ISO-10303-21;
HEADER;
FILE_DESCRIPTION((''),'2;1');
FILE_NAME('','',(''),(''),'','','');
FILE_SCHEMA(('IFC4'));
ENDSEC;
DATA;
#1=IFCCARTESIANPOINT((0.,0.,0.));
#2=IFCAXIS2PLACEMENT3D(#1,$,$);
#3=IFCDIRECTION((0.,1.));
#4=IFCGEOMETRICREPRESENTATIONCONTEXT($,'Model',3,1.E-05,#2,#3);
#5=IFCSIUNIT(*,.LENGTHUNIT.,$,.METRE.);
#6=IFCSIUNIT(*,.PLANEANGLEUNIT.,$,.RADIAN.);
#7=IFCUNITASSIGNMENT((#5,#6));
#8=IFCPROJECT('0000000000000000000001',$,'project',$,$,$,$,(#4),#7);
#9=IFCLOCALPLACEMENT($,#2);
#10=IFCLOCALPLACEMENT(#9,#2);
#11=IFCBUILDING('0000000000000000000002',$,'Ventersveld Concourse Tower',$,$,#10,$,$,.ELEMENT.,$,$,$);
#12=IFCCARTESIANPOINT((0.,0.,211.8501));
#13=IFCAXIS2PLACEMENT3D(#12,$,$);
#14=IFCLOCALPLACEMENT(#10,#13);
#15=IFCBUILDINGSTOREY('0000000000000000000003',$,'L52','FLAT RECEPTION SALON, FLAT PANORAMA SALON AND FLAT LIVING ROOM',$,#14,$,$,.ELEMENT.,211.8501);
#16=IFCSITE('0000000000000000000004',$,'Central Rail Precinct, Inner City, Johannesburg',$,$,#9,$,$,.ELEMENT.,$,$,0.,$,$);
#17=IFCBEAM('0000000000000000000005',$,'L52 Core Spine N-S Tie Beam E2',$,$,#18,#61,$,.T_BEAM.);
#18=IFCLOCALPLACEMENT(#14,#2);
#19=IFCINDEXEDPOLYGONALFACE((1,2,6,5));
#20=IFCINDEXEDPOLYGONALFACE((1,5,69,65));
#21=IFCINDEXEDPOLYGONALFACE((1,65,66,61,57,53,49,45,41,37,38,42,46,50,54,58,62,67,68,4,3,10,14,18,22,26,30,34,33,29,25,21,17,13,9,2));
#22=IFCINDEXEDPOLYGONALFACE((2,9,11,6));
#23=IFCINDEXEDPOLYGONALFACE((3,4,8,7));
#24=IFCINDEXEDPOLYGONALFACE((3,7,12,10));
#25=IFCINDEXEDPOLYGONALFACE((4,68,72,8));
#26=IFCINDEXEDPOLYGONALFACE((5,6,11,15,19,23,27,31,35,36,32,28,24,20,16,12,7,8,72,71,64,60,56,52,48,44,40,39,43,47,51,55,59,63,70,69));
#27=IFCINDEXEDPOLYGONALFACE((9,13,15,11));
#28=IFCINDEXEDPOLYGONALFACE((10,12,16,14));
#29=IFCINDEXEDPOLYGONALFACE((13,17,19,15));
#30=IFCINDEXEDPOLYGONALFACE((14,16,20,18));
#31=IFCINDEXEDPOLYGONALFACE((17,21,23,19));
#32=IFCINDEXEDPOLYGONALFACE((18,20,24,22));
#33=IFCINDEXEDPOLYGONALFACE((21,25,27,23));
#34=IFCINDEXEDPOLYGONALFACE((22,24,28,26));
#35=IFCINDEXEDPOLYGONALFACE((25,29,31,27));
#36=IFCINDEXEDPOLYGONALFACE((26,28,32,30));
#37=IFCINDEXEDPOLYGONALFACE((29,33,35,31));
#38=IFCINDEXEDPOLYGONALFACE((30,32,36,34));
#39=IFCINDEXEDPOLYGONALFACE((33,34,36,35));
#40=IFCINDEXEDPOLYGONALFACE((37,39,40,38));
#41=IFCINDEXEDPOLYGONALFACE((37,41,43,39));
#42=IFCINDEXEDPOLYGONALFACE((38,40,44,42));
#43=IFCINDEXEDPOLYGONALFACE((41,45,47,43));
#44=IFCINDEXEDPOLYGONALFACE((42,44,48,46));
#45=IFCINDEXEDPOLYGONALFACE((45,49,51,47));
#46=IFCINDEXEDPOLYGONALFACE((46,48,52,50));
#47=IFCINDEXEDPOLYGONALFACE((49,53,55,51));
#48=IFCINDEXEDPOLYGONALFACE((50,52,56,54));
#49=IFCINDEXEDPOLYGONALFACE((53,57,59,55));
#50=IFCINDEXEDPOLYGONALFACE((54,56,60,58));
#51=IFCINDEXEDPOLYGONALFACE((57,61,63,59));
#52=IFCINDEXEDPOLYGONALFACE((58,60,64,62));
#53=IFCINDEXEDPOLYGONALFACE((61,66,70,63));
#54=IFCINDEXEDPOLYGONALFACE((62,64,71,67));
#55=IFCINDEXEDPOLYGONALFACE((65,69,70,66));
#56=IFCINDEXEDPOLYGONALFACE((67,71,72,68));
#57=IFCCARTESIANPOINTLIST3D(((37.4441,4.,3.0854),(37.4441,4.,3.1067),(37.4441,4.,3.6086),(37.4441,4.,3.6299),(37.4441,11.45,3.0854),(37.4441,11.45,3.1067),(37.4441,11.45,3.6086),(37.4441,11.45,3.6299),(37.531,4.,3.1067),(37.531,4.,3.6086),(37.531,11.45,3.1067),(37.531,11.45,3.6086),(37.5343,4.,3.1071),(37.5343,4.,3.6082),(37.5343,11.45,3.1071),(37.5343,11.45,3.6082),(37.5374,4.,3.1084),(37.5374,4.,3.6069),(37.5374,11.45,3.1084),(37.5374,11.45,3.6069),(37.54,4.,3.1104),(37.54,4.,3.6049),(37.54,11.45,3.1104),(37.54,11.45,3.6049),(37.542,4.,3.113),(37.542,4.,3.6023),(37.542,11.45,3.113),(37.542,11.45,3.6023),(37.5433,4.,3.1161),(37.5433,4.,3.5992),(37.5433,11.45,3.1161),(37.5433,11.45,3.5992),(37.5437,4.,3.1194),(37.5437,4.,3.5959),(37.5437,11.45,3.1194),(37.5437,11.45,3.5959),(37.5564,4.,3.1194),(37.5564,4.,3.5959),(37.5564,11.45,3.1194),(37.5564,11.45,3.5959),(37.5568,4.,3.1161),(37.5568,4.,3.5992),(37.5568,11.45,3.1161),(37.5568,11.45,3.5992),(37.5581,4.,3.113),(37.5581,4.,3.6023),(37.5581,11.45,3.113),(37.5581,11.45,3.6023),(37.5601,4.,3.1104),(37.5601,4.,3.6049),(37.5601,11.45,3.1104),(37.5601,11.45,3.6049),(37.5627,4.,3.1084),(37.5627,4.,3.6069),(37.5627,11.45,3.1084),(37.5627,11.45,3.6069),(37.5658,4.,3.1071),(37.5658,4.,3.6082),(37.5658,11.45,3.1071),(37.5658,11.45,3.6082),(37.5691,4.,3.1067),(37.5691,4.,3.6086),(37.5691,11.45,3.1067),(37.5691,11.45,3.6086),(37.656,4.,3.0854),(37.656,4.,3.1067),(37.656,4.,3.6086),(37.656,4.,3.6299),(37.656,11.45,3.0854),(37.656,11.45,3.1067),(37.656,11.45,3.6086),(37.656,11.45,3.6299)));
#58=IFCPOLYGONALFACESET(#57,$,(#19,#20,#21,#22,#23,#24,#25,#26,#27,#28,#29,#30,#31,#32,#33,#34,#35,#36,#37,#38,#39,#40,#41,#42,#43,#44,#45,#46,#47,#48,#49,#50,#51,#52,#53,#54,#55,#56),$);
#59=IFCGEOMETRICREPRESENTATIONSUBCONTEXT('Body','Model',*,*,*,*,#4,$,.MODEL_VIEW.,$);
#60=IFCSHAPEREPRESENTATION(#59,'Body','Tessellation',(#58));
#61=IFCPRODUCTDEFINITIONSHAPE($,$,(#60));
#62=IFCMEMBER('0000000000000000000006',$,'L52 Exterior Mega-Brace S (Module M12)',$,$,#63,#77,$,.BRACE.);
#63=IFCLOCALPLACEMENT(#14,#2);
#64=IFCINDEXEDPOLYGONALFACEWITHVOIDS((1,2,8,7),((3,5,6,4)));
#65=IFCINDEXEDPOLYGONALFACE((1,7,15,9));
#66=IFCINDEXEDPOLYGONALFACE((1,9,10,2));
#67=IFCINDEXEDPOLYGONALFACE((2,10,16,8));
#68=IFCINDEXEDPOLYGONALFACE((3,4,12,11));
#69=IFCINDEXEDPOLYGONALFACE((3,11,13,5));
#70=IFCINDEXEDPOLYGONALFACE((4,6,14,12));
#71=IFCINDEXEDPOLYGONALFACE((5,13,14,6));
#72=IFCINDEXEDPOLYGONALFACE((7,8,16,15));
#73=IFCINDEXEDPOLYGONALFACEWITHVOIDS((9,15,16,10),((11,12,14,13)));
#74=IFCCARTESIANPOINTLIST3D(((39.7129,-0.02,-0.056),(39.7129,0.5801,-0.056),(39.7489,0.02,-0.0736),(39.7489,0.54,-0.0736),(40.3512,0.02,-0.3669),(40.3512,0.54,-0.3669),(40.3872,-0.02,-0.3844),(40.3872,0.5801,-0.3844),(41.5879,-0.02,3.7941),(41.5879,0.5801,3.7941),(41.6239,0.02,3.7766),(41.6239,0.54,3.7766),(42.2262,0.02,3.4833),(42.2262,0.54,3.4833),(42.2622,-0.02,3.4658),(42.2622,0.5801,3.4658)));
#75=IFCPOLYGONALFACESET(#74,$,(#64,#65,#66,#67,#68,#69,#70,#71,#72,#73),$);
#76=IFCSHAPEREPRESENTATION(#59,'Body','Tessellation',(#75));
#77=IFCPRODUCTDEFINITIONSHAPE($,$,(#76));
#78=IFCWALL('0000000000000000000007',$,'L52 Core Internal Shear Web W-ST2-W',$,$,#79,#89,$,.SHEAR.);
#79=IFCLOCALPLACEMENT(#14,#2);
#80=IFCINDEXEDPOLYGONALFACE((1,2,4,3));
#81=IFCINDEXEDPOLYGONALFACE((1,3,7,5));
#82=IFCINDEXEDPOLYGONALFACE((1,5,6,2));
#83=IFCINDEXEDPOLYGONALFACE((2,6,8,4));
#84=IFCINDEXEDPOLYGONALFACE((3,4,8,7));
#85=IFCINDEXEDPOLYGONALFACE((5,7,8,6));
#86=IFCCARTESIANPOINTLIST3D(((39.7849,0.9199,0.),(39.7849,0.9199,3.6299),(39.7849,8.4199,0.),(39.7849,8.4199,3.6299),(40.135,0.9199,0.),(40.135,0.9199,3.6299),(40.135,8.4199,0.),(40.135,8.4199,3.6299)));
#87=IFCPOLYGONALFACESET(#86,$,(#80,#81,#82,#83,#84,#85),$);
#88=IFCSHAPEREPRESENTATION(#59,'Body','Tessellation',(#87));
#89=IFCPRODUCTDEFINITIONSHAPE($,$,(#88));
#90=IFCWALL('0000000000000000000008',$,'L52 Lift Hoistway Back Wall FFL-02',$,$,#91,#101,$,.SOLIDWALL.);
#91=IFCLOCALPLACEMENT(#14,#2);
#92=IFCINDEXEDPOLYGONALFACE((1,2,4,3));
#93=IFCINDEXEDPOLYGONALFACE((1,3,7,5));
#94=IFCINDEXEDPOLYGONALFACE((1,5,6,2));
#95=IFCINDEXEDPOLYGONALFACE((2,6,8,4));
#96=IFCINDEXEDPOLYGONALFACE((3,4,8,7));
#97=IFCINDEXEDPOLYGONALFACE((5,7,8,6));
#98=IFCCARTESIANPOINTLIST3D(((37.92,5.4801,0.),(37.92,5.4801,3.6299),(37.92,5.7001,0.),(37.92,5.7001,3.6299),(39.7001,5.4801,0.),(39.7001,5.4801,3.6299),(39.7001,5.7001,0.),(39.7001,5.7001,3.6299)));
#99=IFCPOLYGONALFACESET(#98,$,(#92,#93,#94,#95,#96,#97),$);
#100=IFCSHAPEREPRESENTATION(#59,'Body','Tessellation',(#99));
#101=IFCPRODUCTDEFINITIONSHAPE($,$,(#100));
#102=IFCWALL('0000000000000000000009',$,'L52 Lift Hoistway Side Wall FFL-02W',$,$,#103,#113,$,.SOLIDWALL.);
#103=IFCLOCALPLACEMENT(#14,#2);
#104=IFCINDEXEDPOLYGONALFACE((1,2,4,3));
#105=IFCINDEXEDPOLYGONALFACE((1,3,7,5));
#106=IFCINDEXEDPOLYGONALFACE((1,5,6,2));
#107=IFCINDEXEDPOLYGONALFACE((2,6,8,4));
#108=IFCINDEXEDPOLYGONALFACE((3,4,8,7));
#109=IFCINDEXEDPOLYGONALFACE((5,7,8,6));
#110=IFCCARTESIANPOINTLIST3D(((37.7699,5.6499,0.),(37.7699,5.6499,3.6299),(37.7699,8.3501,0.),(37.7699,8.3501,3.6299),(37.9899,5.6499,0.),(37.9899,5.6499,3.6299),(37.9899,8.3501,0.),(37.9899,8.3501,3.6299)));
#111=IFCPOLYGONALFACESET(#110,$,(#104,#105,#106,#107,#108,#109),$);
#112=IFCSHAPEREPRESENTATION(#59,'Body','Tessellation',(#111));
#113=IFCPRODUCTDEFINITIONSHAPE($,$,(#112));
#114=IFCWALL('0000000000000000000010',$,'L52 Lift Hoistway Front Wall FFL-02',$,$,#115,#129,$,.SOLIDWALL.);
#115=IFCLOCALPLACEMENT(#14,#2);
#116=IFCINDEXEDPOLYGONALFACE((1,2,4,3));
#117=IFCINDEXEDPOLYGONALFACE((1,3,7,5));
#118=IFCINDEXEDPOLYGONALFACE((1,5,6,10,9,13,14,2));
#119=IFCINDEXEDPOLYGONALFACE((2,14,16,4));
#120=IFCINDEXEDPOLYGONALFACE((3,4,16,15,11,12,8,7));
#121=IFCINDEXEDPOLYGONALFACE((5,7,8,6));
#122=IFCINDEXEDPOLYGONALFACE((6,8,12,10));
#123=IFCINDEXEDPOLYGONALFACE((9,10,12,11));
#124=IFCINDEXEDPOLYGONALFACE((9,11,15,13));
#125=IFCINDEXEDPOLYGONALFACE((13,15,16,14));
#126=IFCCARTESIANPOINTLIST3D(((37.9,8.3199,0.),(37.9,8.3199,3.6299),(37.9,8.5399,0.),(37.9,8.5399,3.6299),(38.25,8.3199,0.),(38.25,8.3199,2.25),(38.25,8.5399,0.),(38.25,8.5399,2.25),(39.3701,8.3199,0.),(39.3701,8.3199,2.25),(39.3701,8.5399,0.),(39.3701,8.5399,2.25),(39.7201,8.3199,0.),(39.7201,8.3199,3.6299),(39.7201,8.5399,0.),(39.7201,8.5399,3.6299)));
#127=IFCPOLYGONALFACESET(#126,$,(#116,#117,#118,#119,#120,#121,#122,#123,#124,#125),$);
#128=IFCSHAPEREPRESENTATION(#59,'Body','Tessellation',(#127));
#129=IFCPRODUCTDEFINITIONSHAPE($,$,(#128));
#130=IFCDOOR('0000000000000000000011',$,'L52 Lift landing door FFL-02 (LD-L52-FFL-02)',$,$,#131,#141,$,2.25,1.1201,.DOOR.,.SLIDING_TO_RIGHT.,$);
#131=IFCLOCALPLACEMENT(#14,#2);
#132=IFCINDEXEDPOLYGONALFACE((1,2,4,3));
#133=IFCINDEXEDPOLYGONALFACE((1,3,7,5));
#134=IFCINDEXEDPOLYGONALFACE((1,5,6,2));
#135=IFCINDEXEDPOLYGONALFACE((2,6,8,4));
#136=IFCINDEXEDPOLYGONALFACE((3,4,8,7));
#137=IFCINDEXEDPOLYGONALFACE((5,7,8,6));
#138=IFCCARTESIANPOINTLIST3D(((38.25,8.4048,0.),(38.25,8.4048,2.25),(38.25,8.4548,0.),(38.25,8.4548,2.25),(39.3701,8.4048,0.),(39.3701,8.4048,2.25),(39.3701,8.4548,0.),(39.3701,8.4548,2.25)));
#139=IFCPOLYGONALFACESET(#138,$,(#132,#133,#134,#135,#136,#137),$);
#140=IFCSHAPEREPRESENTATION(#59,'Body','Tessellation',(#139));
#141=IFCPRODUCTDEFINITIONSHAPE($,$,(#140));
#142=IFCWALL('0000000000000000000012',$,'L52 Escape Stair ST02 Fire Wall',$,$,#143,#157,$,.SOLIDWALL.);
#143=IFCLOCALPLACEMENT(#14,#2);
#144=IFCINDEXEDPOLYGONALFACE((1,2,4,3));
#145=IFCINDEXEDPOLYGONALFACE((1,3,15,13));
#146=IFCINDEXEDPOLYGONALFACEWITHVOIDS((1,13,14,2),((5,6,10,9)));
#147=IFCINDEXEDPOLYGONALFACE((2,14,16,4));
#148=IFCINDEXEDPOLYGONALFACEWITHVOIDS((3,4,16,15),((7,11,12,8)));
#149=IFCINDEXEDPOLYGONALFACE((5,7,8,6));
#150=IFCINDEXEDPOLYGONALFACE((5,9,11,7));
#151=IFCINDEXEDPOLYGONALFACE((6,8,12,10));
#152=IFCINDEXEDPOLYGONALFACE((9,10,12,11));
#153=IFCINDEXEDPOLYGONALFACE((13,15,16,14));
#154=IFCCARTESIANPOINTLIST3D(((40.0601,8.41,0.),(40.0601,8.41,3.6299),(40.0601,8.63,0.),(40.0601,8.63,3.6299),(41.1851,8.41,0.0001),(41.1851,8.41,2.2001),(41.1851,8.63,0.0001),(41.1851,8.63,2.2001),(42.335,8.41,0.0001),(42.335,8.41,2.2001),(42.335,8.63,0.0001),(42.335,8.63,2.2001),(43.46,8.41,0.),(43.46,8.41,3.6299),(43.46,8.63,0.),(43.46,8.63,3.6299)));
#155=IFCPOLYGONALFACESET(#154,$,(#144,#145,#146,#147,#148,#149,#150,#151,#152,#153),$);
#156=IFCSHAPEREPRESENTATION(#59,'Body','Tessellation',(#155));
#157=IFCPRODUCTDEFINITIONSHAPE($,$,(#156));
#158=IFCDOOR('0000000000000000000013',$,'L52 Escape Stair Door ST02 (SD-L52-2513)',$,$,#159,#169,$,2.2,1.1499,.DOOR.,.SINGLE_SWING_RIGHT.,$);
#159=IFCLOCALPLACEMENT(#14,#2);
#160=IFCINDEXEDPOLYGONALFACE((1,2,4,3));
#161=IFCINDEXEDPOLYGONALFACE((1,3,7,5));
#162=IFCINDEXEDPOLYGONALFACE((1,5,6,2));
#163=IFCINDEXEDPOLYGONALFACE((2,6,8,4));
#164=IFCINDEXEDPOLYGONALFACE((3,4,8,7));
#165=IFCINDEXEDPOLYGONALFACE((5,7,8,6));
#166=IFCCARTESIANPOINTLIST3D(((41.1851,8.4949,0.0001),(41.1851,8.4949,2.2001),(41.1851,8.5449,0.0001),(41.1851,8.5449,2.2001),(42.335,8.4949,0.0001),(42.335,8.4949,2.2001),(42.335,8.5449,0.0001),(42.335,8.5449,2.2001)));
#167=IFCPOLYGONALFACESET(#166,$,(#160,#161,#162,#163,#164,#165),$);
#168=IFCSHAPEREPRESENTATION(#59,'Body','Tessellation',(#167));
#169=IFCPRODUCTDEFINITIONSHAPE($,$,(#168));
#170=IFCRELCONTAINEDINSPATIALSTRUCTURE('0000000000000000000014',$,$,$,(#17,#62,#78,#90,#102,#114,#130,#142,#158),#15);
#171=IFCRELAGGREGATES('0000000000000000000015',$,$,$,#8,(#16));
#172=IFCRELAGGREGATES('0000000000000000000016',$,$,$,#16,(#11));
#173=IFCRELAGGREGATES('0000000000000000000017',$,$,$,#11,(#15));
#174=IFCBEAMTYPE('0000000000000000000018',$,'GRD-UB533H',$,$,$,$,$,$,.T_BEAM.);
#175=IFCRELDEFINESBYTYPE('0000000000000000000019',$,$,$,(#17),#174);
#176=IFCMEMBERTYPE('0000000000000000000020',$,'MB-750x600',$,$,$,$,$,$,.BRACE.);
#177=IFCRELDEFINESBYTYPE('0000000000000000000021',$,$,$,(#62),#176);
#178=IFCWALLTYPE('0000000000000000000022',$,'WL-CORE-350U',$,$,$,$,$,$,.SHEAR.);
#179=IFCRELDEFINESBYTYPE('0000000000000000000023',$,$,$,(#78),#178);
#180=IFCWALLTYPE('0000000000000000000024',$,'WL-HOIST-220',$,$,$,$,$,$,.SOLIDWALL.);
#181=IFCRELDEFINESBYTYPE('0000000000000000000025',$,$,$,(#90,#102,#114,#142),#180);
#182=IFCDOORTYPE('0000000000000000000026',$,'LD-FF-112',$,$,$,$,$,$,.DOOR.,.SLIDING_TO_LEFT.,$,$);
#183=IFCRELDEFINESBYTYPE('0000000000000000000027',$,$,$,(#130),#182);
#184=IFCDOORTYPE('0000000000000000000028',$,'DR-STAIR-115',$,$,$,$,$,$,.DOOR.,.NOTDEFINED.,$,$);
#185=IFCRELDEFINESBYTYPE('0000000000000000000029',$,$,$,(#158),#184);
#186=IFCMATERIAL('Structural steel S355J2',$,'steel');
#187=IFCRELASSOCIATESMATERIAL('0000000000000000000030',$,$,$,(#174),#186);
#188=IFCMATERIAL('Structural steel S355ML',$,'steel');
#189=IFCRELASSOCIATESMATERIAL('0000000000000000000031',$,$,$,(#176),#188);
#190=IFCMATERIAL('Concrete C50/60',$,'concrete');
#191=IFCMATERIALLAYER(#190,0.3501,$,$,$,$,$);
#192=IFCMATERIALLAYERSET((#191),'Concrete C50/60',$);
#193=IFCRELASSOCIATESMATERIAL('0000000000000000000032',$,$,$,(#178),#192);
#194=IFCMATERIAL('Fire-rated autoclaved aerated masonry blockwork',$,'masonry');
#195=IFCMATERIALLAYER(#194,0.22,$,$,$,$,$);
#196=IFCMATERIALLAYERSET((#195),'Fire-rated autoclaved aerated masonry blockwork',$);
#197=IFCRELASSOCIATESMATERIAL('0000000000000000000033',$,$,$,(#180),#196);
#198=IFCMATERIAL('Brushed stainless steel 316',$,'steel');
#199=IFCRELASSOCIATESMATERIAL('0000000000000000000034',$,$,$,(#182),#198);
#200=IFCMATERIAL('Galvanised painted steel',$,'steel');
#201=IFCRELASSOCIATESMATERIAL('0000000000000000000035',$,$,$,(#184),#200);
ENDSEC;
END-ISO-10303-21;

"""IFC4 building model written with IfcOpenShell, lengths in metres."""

from ifc_helpers import new_model, si_unit, direction, frame, frame_2d, origin, origin_2d, place, context, subcontext, project, spatial, rectangle, hollow_rectangle, i_section, extrude, material, layer, layer_set, material_profile, profile_set, type_object, element, fill, save


model = new_model("IFC4")

# Units and contexts
model_context = context("Model", 3, precision=1e-05, world=origin(), true_north=direction((0.0, 1.0)))
body_context = subcontext(model_context, "Body", "Model", "MODEL_VIEW")
ifc_project = project(units=[si_unit("LENGTHUNIT", "METRE"), si_unit("PLANEANGLEUNIT", "RADIAN")], contexts=[model_context])

# Site, building, storey
site_placement = place(None, origin())
site = spatial("IfcSite", under=ifc_project, at=site_placement, Name="Central Rail Precinct, Inner City, Johannesburg", CompositionType="ELEMENT", RefElevation=0.0)
building_placement = place(site_placement, origin())
building = spatial("IfcBuilding", under=site, at=building_placement, Name="Ventersveld Concourse Tower", CompositionType="ELEMENT")
storey_placement = place(building_placement, frame((0.0, 0.0, 211.8501)))
storey = spatial("IfcBuildingStorey", under=building, at=storey_placement, Name="L52", Description="FLAT RECEPTION SALON, FLAT PANORAMA SALON AND FLAT LIVING ROOM", CompositionType="ELEMENT", Elevation=211.8501)

# Beam
ifc_material_1 = material(Name="Structural steel S355J2", Category="steel")
ifc_material_profile_1 = material_profile(ifc_material_1, i_section(OverallWidth=0.2119, OverallDepth=0.5444, WebThickness=0.0127, FlangeThickness=0.0212, FilletRadius=0.0127, at=origin_2d()), Name="UB 533x210x122")
ifc_profile_set_1 = profile_set([ifc_material_profile_1], Name="Structural steel S355J2")
beam_type = type_object("IfcBeamType", Name="GRD-UB533H", PredefinedType="T_BEAM", material=ifc_profile_set_1)
beam_placement = place(storey_placement, frame((37.55, 4.0, 3.3577), z_axis=(0.0, 1.0, 0.0), x_axis=(-1.0, 0.0, 0.0)))
element("IfcBeam", 1, at=beam_placement, inside=storey, type_object=beam_type, Name="L52 Core Spine N-S Tie Beam E2", PredefinedType="T_BEAM", context=body_context, shape_type="SweptSolid", body=[
    extrude(i_section(OverallWidth=0.2119, OverallDepth=0.5444, WebThickness=0.0127, FlangeThickness=0.0212, FilletRadius=0.0127, at=origin_2d()), origin(), (0.0, 0.0, 1.0), 7.45),
])

# Member
ifc_material_2 = material(Name="Structural steel S355ML", Category="steel")
ifc_material_profile_2 = material_profile(ifc_material_2, hollow_rectangle(XDim=0.6001, YDim=0.75, WallThickness=0.04, at=origin_2d()), Name="BOX 750x600x40")
ifc_profile_set_2 = profile_set([ifc_material_profile_2], Name="Structural steel S355ML")
member_type = type_object("IfcMemberType", Name="MB-750x600", PredefinedType="BRACE", material=ifc_profile_set_2)
member_placement = place(storey_placement, frame((40.05, 0.28, -0.2202), z_axis=(0.437839, 0.0, 0.899053), x_axis=(0.0, 1.0, 0.0)))
element("IfcMember", 2, at=member_placement, inside=storey, type_object=member_type, Name="L52 Exterior Mega-Brace S (Module M12)", PredefinedType="BRACE", context=body_context, shape_type="SweptSolid", body=[
    extrude(hollow_rectangle(XDim=0.6001, YDim=0.75, WallThickness=0.04, at=origin_2d()), origin(), (0.0, 0.0, 1.0), 4.2825),
])

# Walls
ifc_material_3 = material(Name="Concrete C50/60", Category="concrete")
ifc_layer_1 = layer(ifc_material_3, 0.3501)
ifc_layer_set_1 = layer_set([ifc_layer_1], Name="Concrete C50/60")
wall_type_1 = type_object("IfcWallType", Name="WL-CORE-350U", PredefinedType="SHEAR", material=ifc_layer_set_1)
wall_1_placement = place(storey_placement, frame((39.96, 0.9199, 0.0), z_axis=(0.0, 0.0, 1.0), x_axis=(0.0, 1.0, 0.0)))
element("IfcWall", 3, at=wall_1_placement, inside=storey, type_object=wall_type_1, Name="L52 Core Internal Shear Web W-ST2-W", PredefinedType="SHEAR", context=body_context, shape_type="SweptSolid", body=[
    extrude(rectangle(XDim=7.5, YDim=0.3501, at=frame_2d((3.75, 0.0))), origin(), (0.0, 0.0, 1.0), 3.6299),
])
ifc_material_4 = material(Name="Fire-rated autoclaved aerated masonry blockwork", Category="masonry")
ifc_layer_2 = layer(ifc_material_4, 0.22)
ifc_layer_set_2 = layer_set([ifc_layer_2], Name="Fire-rated autoclaved aerated masonry blockwork")
wall_type_2 = type_object("IfcWallType", Name="WL-HOIST-220", PredefinedType="SOLIDWALL", material=ifc_layer_set_2)
wall_2_placement = place(storey_placement, frame((37.9199, 5.5901, 0.0), z_axis=(0.0, 0.0, 1.0), x_axis=(1.0, 0.0, 0.0)))
element("IfcWall", 4, at=wall_2_placement, inside=storey, type_object=wall_type_2, Name="L52 Lift Hoistway Back Wall FFL-02", PredefinedType="SOLIDWALL", context=body_context, shape_type="SweptSolid", body=[
    extrude(rectangle(XDim=1.78, YDim=0.22, at=frame_2d((0.8901, 0.0))), origin(), (0.0, 0.0, 1.0), 3.6299),
])
wall_3_placement = place(storey_placement, frame((37.8799, 5.6499, 0.0), z_axis=(0.0, 0.0, 1.0), x_axis=(0.0, 1.0, 0.0)))
element("IfcWall", 5, at=wall_3_placement, inside=storey, type_object=wall_type_2, Name="L52 Lift Hoistway Side Wall FFL-02W", PredefinedType="SOLIDWALL", context=body_context, shape_type="SweptSolid", body=[
    extrude(rectangle(XDim=2.7002, YDim=0.22, at=frame_2d((1.3501, 0.0))), origin(), (0.0, 0.0, 1.0), 3.6299),
])

# Walls, openings, doors
wall_4_placement = place(storey_placement, frame((37.8999, 8.4299, 0.0), z_axis=(0.0, 0.0, 1.0), x_axis=(1.0, 0.0, 0.0)))
wall_4 = element("IfcWall", 6, at=wall_4_placement, inside=storey, type_object=wall_type_2, Name="L52 Lift Hoistway Front Wall FFL-02", PredefinedType="SOLIDWALL", context=body_context, shape_type="SweptSolid", body=[
    extrude(rectangle(XDim=1.8201, YDim=0.22, at=frame_2d((0.9102, 0.0))), origin(), (0.0, 0.0, 1.0), 3.6299),
])
opening_1_placement = place(wall_4_placement, frame((0.3501, 0.0, 0.0)))
opening_1 = element("IfcOpeningElement", 7, at=opening_1_placement, cuts=wall_4, PredefinedType="OPENING", context=body_context, shape_type="SweptSolid", body=[
    extrude(rectangle(XDim=1.1201, YDim=2.25, at=frame_2d((0.5601, 1.125))), frame((0.0, 0.1201, 0.0), z_axis=(0.0, -1.0, 0.0), x_axis=(1.0, 0.0, 0.0)), (0.0, 0.0, 1.0), 0.24),
])
ifc_material_5 = material(Name="Brushed stainless steel 316", Category="steel")
door_type_1 = type_object("IfcDoorType", Name="LD-FF-112", OperationType="SLIDING_TO_LEFT", PredefinedType="DOOR", material=ifc_material_5)
door_1_placement = place(opening_1_placement, origin())
door_1 = element("IfcDoor", 8, at=door_1_placement, inside=storey, type_object=door_type_1, Name="L52 Lift landing door FFL-02 (LD-L52-FFL-02)", OperationType="SLIDING_TO_RIGHT", OverallHeight=2.25, OverallWidth=1.1201, PredefinedType="DOOR", context=body_context, shape_type="SweptSolid", body=[
    extrude(rectangle(XDim=1.1201, YDim=2.25, at=frame_2d((0.5601, 1.125))), frame((0.0, 0.0249, 0.0), z_axis=(0.0, -1.0, 0.0), x_axis=(1.0, 0.0, 0.0)), (0.0, 0.0, 1.0), 0.05),
])
fill(opening_1, door_1)
wall_5_placement = place(storey_placement, frame((40.0601, 8.52, 0.0), z_axis=(0.0, 0.0, 1.0), x_axis=(1.0, 0.0, 0.0)))
wall_5 = element("IfcWall", 9, at=wall_5_placement, inside=storey, type_object=wall_type_2, Name="L52 Escape Stair ST02 Fire Wall", PredefinedType="SOLIDWALL", context=body_context, shape_type="SweptSolid", body=[
    extrude(rectangle(XDim=3.3999, YDim=0.22, at=frame_2d((1.7, 0.0))), origin(), (0.0, 0.0, 1.0), 3.6299),
])
opening_2_placement = place(wall_5_placement, frame((1.125, 0.0, 0.0)))
opening_2 = element("IfcOpeningElement", 10, at=opening_2_placement, cuts=wall_5, PredefinedType="OPENING", context=body_context, shape_type="SweptSolid", body=[
    extrude(rectangle(XDim=1.1499, YDim=2.2, at=frame_2d((0.575, 1.1001))), frame((0.0, 0.1201, 0.0), z_axis=(0.0, -1.0, 0.0), x_axis=(1.0, 0.0, 0.0)), (0.0, 0.0, 1.0), 0.24),
])
ifc_material_6 = material(Name="Galvanised painted steel", Category="steel")
door_type_2 = type_object("IfcDoorType", Name="DR-STAIR-115", OperationType="NOTDEFINED", PredefinedType="DOOR", material=ifc_material_6)
door_2_placement = place(opening_2_placement, origin())
door_2 = element("IfcDoor", 11, at=door_2_placement, inside=storey, type_object=door_type_2, Name="L52 Escape Stair Door ST02 (SD-L52-2513)", OperationType="SINGLE_SWING_RIGHT", OverallHeight=2.2, OverallWidth=1.1499, PredefinedType="DOOR", context=body_context, shape_type="SweptSolid", body=[
    extrude(rectangle(XDim=1.1499, YDim=2.2, at=frame_2d((0.575, 1.1001))), frame((0.0, 0.0249, 0.0), z_axis=(0.0, -1.0, 0.0), x_axis=(1.0, 0.0, 0.0)), (0.0, 0.0, 1.0), 0.05),
])
fill(opening_2, door_2)

save(model, "model.ifc")
